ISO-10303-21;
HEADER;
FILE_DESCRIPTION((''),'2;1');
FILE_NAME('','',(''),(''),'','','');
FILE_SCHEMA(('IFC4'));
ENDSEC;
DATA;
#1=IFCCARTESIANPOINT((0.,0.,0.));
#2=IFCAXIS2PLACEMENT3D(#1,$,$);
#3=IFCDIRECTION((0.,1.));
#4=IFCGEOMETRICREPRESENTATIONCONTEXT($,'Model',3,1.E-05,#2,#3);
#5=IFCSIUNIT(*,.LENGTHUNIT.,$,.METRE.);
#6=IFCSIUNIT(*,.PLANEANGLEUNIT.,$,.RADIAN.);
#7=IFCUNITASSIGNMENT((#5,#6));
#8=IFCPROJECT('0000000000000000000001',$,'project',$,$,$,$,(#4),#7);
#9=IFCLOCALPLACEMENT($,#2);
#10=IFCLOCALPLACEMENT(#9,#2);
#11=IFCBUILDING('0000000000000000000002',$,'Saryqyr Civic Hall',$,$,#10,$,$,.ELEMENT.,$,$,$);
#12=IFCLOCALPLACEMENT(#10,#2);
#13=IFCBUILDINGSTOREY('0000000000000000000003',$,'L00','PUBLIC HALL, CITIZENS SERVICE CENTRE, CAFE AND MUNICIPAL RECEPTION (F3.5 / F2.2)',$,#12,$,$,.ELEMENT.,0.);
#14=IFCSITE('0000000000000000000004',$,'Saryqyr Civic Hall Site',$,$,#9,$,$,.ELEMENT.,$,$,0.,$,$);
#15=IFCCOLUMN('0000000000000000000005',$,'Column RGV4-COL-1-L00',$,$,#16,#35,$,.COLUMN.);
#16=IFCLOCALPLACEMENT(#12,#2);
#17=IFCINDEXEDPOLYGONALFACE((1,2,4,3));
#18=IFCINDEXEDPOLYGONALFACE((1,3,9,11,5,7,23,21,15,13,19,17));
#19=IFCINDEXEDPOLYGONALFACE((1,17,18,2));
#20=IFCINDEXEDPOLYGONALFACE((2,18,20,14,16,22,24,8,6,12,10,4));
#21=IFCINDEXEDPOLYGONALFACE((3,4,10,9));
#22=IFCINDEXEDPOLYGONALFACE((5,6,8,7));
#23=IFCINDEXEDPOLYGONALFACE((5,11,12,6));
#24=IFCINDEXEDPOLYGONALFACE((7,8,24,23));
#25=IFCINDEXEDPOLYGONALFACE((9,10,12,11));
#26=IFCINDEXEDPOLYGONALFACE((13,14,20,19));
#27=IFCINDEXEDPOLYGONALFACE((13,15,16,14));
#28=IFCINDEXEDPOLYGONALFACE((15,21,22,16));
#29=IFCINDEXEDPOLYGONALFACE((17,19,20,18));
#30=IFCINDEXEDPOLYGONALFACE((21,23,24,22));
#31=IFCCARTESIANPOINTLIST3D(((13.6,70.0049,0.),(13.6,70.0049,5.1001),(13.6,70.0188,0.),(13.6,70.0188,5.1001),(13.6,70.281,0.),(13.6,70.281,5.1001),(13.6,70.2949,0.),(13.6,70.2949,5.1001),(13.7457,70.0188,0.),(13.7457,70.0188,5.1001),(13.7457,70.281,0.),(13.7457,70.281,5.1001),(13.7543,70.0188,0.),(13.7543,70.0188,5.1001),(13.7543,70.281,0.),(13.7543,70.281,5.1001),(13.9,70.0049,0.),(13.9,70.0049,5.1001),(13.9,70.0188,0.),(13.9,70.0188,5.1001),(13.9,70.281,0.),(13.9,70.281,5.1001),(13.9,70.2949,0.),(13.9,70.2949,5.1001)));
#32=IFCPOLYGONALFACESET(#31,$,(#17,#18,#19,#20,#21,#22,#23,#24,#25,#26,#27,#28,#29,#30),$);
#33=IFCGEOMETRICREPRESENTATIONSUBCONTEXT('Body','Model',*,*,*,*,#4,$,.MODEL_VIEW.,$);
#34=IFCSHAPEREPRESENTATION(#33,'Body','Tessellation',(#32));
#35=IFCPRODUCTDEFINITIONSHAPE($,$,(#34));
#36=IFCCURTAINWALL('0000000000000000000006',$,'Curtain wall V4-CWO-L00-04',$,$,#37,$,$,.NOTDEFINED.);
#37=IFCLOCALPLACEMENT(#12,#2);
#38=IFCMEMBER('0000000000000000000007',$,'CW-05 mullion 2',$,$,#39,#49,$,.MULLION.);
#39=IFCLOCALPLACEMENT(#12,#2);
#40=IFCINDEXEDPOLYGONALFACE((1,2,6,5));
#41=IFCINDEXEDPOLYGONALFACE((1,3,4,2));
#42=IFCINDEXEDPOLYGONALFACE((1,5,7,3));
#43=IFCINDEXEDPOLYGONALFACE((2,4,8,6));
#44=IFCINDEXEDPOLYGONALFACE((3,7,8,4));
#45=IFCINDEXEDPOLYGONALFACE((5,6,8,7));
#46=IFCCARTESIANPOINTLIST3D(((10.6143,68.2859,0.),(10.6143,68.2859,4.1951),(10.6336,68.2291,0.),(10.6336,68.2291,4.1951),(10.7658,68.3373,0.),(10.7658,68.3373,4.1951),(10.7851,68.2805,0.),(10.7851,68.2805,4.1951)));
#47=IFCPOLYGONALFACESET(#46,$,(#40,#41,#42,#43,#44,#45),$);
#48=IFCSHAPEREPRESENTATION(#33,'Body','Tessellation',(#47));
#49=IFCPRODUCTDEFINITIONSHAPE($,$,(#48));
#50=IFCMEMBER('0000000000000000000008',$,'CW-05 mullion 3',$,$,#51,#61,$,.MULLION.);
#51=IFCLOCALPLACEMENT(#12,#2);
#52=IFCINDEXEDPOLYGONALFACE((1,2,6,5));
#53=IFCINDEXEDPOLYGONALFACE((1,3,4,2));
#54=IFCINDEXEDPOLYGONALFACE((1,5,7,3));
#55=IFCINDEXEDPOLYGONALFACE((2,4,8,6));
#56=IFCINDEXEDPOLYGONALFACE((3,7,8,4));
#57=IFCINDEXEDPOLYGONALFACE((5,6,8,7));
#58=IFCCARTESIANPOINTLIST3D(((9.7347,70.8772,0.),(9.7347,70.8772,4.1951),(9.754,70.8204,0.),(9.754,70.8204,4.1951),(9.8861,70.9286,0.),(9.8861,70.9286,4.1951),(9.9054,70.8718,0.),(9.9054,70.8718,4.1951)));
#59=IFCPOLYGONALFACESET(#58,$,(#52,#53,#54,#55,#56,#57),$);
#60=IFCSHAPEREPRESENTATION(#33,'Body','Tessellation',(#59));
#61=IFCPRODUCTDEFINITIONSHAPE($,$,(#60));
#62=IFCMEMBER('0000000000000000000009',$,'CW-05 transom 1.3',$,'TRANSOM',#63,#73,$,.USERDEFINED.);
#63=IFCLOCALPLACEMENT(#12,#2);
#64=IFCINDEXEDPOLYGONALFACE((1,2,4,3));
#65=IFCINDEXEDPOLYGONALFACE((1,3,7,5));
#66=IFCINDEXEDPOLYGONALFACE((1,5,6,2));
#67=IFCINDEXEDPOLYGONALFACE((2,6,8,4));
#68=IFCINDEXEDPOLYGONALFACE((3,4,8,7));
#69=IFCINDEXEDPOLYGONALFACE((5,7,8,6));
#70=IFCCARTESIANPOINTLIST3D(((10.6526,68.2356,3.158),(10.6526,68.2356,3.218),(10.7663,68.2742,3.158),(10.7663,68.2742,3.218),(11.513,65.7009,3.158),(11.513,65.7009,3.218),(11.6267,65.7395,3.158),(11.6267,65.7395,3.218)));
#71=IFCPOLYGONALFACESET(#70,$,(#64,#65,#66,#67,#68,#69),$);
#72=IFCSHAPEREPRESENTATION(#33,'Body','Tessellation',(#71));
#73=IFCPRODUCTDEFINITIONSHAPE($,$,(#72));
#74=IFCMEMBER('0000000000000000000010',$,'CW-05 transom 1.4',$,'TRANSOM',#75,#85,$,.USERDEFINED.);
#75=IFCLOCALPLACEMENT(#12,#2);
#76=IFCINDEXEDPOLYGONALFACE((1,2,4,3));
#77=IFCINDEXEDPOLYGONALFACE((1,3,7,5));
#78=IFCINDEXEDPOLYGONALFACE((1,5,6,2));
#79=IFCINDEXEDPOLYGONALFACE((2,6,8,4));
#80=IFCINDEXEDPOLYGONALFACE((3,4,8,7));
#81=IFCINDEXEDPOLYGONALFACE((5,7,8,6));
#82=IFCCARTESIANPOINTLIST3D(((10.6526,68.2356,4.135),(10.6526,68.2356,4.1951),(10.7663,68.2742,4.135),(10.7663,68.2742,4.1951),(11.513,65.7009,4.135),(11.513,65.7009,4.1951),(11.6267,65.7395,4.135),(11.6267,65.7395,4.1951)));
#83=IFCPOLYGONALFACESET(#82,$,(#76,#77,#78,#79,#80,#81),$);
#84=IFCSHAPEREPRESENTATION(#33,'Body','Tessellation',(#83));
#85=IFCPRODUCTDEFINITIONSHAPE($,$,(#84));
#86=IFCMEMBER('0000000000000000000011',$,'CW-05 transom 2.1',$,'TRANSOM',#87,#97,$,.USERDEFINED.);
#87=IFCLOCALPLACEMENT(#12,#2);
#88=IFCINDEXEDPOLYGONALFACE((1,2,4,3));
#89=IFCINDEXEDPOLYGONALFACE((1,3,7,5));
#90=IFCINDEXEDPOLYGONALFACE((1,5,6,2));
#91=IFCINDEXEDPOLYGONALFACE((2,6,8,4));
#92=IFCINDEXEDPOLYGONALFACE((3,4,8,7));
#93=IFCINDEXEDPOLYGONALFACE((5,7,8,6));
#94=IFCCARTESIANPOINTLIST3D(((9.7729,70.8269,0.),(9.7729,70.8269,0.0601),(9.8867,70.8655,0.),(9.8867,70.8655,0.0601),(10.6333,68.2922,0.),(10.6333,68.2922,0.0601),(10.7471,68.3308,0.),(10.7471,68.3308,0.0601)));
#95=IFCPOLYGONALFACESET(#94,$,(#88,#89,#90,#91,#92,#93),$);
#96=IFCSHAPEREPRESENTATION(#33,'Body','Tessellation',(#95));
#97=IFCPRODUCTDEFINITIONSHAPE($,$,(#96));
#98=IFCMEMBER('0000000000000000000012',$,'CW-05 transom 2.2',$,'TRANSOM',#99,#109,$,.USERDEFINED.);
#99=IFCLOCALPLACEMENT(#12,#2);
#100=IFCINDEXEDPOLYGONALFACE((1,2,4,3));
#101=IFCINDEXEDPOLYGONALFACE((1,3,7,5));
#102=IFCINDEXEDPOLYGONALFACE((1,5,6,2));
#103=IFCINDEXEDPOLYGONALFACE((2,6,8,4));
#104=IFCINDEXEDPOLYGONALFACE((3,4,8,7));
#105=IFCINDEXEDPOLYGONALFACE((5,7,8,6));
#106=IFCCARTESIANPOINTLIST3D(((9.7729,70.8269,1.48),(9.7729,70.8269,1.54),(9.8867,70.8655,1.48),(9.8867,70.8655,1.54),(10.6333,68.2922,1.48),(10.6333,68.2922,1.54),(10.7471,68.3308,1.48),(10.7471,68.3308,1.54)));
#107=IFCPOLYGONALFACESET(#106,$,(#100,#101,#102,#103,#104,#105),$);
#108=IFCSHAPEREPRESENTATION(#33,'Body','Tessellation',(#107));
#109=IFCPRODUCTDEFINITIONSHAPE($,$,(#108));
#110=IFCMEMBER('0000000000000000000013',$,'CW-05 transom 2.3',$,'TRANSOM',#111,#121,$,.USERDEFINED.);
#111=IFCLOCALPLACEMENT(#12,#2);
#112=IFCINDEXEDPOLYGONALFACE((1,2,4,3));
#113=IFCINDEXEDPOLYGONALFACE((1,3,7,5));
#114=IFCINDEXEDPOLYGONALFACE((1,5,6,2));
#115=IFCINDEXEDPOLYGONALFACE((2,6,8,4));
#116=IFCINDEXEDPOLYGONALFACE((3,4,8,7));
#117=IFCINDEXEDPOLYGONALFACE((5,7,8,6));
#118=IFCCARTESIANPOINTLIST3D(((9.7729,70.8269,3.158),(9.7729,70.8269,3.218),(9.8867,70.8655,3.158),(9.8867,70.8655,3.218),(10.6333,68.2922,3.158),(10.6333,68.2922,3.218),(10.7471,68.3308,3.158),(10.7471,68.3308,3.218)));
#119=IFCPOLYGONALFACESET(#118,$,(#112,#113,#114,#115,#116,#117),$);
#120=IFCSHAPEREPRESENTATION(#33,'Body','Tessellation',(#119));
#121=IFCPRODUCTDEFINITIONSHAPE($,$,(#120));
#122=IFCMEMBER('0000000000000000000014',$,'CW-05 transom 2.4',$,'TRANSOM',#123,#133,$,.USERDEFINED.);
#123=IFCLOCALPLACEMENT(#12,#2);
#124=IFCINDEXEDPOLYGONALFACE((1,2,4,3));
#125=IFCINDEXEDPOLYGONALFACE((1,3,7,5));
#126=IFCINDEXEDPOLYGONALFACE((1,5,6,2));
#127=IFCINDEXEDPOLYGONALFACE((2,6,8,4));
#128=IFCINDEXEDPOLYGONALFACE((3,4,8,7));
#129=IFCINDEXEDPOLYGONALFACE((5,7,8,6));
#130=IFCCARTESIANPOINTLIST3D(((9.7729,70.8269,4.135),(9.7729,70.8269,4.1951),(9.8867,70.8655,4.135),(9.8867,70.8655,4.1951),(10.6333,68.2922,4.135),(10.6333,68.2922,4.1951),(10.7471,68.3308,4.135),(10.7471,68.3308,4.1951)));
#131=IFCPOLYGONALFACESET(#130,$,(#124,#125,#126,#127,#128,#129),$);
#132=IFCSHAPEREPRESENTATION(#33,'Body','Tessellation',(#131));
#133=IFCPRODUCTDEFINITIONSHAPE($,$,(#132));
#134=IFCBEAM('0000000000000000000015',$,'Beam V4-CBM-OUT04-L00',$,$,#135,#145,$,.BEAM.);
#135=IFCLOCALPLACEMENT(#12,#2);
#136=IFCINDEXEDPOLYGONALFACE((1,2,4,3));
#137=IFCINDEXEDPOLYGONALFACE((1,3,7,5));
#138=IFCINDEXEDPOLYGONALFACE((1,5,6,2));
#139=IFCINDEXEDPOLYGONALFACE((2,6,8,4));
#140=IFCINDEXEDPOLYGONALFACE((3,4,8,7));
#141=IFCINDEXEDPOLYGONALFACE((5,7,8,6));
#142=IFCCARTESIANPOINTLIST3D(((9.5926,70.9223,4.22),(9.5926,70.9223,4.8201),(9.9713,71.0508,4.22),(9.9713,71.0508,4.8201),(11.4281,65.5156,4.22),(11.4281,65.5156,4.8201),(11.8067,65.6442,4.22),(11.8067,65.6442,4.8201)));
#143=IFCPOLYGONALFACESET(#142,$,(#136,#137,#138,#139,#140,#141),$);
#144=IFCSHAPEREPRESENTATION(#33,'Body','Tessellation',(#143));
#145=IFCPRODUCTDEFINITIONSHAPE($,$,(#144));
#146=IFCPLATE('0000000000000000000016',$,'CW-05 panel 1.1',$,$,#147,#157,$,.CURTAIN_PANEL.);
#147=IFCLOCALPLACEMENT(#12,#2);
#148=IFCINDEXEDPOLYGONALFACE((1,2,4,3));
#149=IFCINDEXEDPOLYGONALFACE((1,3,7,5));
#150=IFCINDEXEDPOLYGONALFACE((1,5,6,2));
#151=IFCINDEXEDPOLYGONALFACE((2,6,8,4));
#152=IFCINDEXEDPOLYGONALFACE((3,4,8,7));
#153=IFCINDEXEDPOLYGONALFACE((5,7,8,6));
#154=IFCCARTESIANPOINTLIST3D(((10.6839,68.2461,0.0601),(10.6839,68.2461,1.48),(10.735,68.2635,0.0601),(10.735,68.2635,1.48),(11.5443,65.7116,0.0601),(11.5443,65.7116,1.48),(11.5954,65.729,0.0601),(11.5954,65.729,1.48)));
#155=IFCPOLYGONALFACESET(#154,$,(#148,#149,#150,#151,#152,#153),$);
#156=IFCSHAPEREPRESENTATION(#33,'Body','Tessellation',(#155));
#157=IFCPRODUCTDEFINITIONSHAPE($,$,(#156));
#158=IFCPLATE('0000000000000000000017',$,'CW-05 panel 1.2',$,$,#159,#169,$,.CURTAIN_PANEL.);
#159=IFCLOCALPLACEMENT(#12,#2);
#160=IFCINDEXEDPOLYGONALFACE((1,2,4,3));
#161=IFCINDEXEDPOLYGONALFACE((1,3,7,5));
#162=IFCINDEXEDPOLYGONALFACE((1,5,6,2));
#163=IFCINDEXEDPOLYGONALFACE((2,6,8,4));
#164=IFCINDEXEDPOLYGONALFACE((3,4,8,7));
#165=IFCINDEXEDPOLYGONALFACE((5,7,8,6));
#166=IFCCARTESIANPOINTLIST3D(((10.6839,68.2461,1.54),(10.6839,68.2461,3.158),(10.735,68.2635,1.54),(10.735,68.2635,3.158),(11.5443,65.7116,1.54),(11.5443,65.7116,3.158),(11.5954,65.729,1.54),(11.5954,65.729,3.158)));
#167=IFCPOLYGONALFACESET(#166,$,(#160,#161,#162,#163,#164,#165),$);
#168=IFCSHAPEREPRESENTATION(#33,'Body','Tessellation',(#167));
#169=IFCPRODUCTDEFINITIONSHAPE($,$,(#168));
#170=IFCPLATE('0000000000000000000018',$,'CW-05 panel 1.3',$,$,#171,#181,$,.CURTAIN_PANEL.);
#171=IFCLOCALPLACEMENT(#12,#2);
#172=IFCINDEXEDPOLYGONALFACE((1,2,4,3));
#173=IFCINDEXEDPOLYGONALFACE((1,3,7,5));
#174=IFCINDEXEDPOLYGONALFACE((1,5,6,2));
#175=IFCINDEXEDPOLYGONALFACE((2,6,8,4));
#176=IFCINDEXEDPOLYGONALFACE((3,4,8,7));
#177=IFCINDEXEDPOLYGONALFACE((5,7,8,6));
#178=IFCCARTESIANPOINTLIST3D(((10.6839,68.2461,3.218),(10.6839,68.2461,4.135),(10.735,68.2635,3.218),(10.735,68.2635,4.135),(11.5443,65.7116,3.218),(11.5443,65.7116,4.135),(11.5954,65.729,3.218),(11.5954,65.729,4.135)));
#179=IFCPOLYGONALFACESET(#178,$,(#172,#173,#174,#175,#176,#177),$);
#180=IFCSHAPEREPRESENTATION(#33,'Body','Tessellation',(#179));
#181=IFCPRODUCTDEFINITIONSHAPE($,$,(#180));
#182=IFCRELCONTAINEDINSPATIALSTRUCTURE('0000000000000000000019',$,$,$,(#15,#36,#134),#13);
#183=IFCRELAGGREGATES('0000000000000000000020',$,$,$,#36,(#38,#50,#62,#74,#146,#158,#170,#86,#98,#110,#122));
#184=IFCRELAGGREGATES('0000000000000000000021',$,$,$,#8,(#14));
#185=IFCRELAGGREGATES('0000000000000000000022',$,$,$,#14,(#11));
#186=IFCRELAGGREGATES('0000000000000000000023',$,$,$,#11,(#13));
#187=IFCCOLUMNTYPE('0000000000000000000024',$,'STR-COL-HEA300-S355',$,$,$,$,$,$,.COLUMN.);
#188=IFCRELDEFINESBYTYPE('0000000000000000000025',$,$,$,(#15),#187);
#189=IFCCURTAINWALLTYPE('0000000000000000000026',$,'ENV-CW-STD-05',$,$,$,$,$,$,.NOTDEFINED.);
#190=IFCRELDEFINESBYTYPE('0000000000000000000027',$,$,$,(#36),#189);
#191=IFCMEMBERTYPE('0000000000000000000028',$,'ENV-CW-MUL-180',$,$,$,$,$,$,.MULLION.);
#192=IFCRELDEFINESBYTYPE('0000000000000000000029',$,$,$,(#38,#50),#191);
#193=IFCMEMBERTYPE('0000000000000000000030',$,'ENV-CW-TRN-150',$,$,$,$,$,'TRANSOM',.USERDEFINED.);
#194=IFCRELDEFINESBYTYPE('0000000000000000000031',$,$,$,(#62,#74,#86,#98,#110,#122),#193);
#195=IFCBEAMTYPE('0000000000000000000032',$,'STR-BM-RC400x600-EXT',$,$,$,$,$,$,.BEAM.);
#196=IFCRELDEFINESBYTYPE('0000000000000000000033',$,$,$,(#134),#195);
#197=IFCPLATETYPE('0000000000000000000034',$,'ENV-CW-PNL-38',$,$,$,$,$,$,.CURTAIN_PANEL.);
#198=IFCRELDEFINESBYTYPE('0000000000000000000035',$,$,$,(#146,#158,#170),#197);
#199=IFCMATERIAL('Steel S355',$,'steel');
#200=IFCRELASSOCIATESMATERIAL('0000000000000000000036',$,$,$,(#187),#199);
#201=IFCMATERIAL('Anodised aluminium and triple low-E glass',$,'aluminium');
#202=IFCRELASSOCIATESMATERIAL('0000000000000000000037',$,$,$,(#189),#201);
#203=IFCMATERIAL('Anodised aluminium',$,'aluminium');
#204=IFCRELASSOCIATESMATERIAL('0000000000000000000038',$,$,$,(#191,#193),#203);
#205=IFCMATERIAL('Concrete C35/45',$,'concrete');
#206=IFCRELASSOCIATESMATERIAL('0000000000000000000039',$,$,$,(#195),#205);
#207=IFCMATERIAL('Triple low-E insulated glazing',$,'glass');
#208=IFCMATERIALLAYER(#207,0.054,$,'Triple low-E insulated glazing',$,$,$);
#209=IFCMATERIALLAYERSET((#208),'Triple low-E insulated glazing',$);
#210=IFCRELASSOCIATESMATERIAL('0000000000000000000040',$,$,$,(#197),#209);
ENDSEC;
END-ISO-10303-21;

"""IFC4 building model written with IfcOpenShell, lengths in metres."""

from ifc_helpers import new_model, si_unit, direction, frame, origin, origin_2d, place, context, subcontext, project, spatial, rectangle, i_section, extrude, material, layer, layer_set, material_profile, profile_set, type_object, element, aggregate, save


model = new_model("IFC4")

# Units and contexts
model_context = context("Model", 3, precision=1e-05, world=origin(), true_north=direction((0.0, 1.0)))
body_context = subcontext(model_context, "Body", "Model", "MODEL_VIEW")
ifc_project = project(units=[si_unit("LENGTHUNIT", "METRE"), si_unit("PLANEANGLEUNIT", "RADIAN")], contexts=[model_context])

# Site, building, storey
site_placement = place(None, origin())
site = spatial("IfcSite", under=ifc_project, at=site_placement, Name="Saryqyr Civic Hall Site", CompositionType="ELEMENT", RefElevation=0.0)
building_placement = place(site_placement, origin())
building = spatial("IfcBuilding", under=site, at=building_placement, Name="Saryqyr Civic Hall", CompositionType="ELEMENT")
storey_placement = place(building_placement, origin())
storey = spatial("IfcBuildingStorey", under=building, at=storey_placement, Name="L00", Description="PUBLIC HALL, CITIZENS SERVICE CENTRE, CAFE AND MUNICIPAL RECEPTION (F3.5 / F2.2)", CompositionType="ELEMENT", Elevation=0.0)

# Column
ifc_material_1 = material(Name="Steel S355", Category="steel")
ifc_material_profile_1 = material_profile(ifc_material_1, i_section(OverallWidth=0.3, OverallDepth=0.29, WebThickness=0.0085, FlangeThickness=0.0139, at=origin_2d()), Name="HEA 300")
ifc_profile_set_1 = profile_set([ifc_material_profile_1], Name="Steel S355")
column_type_1 = type_object("IfcColumnType", Name="STR-COL-HEA300-S355", PredefinedType="COLUMN", material=ifc_profile_set_1)
column_1_placement = place(storey_placement, frame((13.75, 70.1499, 0.0), z_axis=(0.0, 0.0, 1.0), x_axis=(1.0, 0.0, 0.0)))
element("IfcColumn", 1, at=column_1_placement, inside=storey, type_object=column_type_1, Name="Column RGV4-COL-1-L00", PredefinedType="COLUMN", context=body_context, shape_type="SweptSolid", body=[
    extrude(i_section(OverallWidth=0.3, OverallDepth=0.29, WebThickness=0.0085, FlangeThickness=0.0139, at=origin_2d()), origin(), (0.0, 0.0, 1.0), 5.1001),
])

# Curtain wall, members
ifc_material_2 = material(Name="Anodised aluminium and triple low-E glass", Category="aluminium")
curtain_wall_type = type_object("IfcCurtainWallType", Name="ENV-CW-STD-05", PredefinedType="NOTDEFINED", material=ifc_material_2)
curtain_wall_placement = place(storey_placement, origin())
curtain_wall = element("IfcCurtainWall", 2, at=curtain_wall_placement, inside=storey, type_object=curtain_wall_type, Name="Curtain wall V4-CWO-L00-04", PredefinedType="NOTDEFINED")
ifc_material_3 = material(Name="Anodised aluminium", Category="aluminium")
ifc_material_profile_2 = material_profile(ifc_material_3, rectangle(XDim=0.0601, YDim=0.1599, at=origin_2d()), Name="ALU MULLION 60x160")
ifc_profile_set_2 = profile_set([ifc_material_profile_2], Name="Anodised aluminium")
member_type_1 = type_object("IfcMemberType", Name="ENV-CW-MUL-180", PredefinedType="MULLION", material=ifc_profile_set_2)
member_1_placement = place(storey_placement, frame((10.6997, 68.2832, 0.0), z_axis=(0.0, 0.0, 1.0), x_axis=(-0.321434, 0.946932, 0.0)))
member_1 = element("IfcMember", 3, at=member_1_placement, type_object=member_type_1, Name="CW-05 mullion 2", PredefinedType="MULLION", context=body_context, shape_type="SweptSolid", body=[
    extrude(rectangle(XDim=0.0601, YDim=0.1599, at=origin_2d()), origin(), (0.0, 0.0, 1.0), 4.1951),
])
member_2_placement = place(storey_placement, frame((9.8201, 70.8745, 0.0), z_axis=(0.0, 0.0, 1.0), x_axis=(-0.321434, 0.946932, 0.0)))
member_2 = element("IfcMember", 4, at=member_2_placement, type_object=member_type_1, Name="CW-05 mullion 3", PredefinedType="MULLION", context=body_context, shape_type="SweptSolid", body=[
    extrude(rectangle(XDim=0.0601, YDim=0.1599, at=origin_2d()), origin(), (0.0, 0.0, 1.0), 4.1951),
])
ifc_material_profile_3 = material_profile(ifc_material_3, rectangle(XDim=0.1201, YDim=0.0601, at=origin_2d()), Name="ALU TRANSOM 120x60")
ifc_profile_set_3 = profile_set([ifc_material_profile_3], Name="Anodised aluminium")
member_type_2 = type_object("IfcMemberType", Name="ENV-CW-TRN-150", ElementType="TRANSOM", PredefinedType="USERDEFINED", material=ifc_profile_set_3)
member_3_placement = place(storey_placement, frame((11.5698, 65.7202, 3.188), z_axis=(-0.321422, 0.946936, 0.0), x_axis=(-0.946936, -0.321422, 0.0)))
member_3 = element("IfcMember", 5, at=member_3_placement, type_object=member_type_2, Name="CW-05 transom 1.3", ObjectType="TRANSOM", PredefinedType="USERDEFINED", context=body_context, shape_type="SweptSolid", body=[
    extrude(rectangle(XDim=0.1201, YDim=0.0601, at=origin_2d()), origin(), (0.0, 0.0, 1.0), 2.6768),
])
member_4_placement = place(storey_placement, frame((11.5698, 65.7202, 4.165), z_axis=(-0.321422, 0.946936, 0.0), x_axis=(-0.946936, -0.321422, 0.0)))
member_4 = element("IfcMember", 6, at=member_4_placement, type_object=member_type_2, Name="CW-05 transom 1.4", ObjectType="TRANSOM", PredefinedType="USERDEFINED", context=body_context, shape_type="SweptSolid", body=[
    extrude(rectangle(XDim=0.1201, YDim=0.0601, at=origin_2d()), origin(), (0.0, 0.0, 1.0), 2.6768),
])
member_5_placement = place(storey_placement, frame((10.6902, 68.3115, 0.03), z_axis=(-0.321422, 0.946936, 0.0), x_axis=(-0.946936, -0.321422, 0.0)))
member_5 = element("IfcMember", 7, at=member_5_placement, type_object=member_type_2, Name="CW-05 transom 2.1", ObjectType="TRANSOM", PredefinedType="USERDEFINED", context=body_context, shape_type="SweptSolid", body=[
    extrude(rectangle(XDim=0.1201, YDim=0.0601, at=origin_2d()), origin(), (0.0, 0.0, 1.0), 2.6768),
])
member_6_placement = place(storey_placement, frame((10.6902, 68.3115, 1.51), z_axis=(-0.321422, 0.946936, 0.0), x_axis=(-0.946936, -0.321422, 0.0)))
member_6 = element("IfcMember", 8, at=member_6_placement, type_object=member_type_2, Name="CW-05 transom 2.2", ObjectType="TRANSOM", PredefinedType="USERDEFINED", context=body_context, shape_type="SweptSolid", body=[
    extrude(rectangle(XDim=0.1201, YDim=0.0601, at=origin_2d()), origin(), (0.0, 0.0, 1.0), 2.6768),
])
member_7_placement = place(storey_placement, frame((10.6902, 68.3115, 3.188), z_axis=(-0.321422, 0.946936, 0.0), x_axis=(-0.946936, -0.321422, 0.0)))
member_7 = element("IfcMember", 9, at=member_7_placement, type_object=member_type_2, Name="CW-05 transom 2.3", ObjectType="TRANSOM", PredefinedType="USERDEFINED", context=body_context, shape_type="SweptSolid", body=[
    extrude(rectangle(XDim=0.1201, YDim=0.0601, at=origin_2d()), origin(), (0.0, 0.0, 1.0), 2.6768),
])
member_8_placement = place(storey_placement, frame((10.6902, 68.3115, 4.165), z_axis=(-0.321422, 0.946936, 0.0), x_axis=(-0.946936, -0.321422, 0.0)))
member_8 = element("IfcMember", 10, at=member_8_placement, type_object=member_type_2, Name="CW-05 transom 2.4", ObjectType="TRANSOM", PredefinedType="USERDEFINED", context=body_context, shape_type="SweptSolid", body=[
    extrude(rectangle(XDim=0.1201, YDim=0.0601, at=origin_2d()), origin(), (0.0, 0.0, 1.0), 2.6768),
])

# Beam
ifc_material_4 = material(Name="Concrete C35/45", Category="concrete")
ifc_material_profile_4 = material_profile(ifc_material_4, rectangle(XDim=0.3999, YDim=0.6001, at=origin_2d()), Name="RC 400x600")
ifc_profile_set_4 = profile_set([ifc_material_profile_4], Name="Concrete C35/45")
beam_type = type_object("IfcBeamType", Name="STR-BM-RC400x600-EXT", PredefinedType="BEAM", material=ifc_profile_set_4)
beam_placement = place(storey_placement, frame((9.782, 70.9866, 4.52), z_axis=(0.321457, -0.946924, 0.0), x_axis=(0.946924, 0.321457, 0.0)))
element("IfcBeam", 11, at=beam_placement, inside=storey, type_object=beam_type, Name="Beam V4-CBM-OUT04-L00", PredefinedType="BEAM", context=body_context, shape_type="SweptSolid", body=[
    extrude(rectangle(XDim=0.3999, YDim=0.6001, at=origin_2d()), origin(), (0.0, 0.0, 1.0), 5.7097),
])

# Plates
ifc_material_5 = material(Name="Triple low-E insulated glazing", Category="glass")
ifc_layer_1 = layer(ifc_material_5, 0.054, Name="Triple low-E insulated glazing")
ifc_layer_set_1 = layer_set([ifc_layer_1], Name="Triple low-E insulated glazing")
plate_type = type_object("IfcPlateType", Name="ENV-CW-PNL-38", PredefinedType="CURTAIN_PANEL", material=ifc_layer_set_1)
plate_1_placement = place(storey_placement, frame((11.1396, 66.9875, 0.0601), z_axis=(0.0, 0.0, 1.0), x_axis=(-0.321434, 0.946932, 0.0)))
plate_1 = element("IfcPlate", 12, at=plate_1_placement, type_object=plate_type, Name="CW-05 panel 1.1", PredefinedType="CURTAIN_PANEL", context=body_context, shape_type="SweptSolid", body=[
    extrude(rectangle(XDim=2.6765, YDim=0.054, at=origin_2d()), origin(), (0.0, 0.0, 1.0), 1.4199),
])
plate_2_placement = place(storey_placement, frame((11.1396, 66.9875, 1.54), z_axis=(0.0, 0.0, 1.0), x_axis=(-0.321434, 0.946932, 0.0)))
plate_2 = element("IfcPlate", 13, at=plate_2_placement, type_object=plate_type, Name="CW-05 panel 1.2", PredefinedType="CURTAIN_PANEL", context=body_context, shape_type="SweptSolid", body=[
    extrude(rectangle(XDim=2.6765, YDim=0.054, at=origin_2d()), origin(), (0.0, 0.0, 1.0), 1.6179),
])
plate_3_placement = place(storey_placement, frame((11.1396, 66.9875, 3.218), z_axis=(0.0, 0.0, 1.0), x_axis=(-0.321434, 0.946932, 0.0)))
plate_3 = element("IfcPlate", 14, at=plate_3_placement, type_object=plate_type, Name="CW-05 panel 1.3", PredefinedType="CURTAIN_PANEL", context=body_context, shape_type="SweptSolid", body=[
    extrude(rectangle(XDim=2.6765, YDim=0.054, at=origin_2d()), origin(), (0.0, 0.0, 1.0), 0.917),
])
aggregate(curtain_wall, [member_1, member_2, member_3, member_4, plate_1, plate_2, plate_3, member_5, member_6, member_7, member_8])

save(model, "model.ifc")
